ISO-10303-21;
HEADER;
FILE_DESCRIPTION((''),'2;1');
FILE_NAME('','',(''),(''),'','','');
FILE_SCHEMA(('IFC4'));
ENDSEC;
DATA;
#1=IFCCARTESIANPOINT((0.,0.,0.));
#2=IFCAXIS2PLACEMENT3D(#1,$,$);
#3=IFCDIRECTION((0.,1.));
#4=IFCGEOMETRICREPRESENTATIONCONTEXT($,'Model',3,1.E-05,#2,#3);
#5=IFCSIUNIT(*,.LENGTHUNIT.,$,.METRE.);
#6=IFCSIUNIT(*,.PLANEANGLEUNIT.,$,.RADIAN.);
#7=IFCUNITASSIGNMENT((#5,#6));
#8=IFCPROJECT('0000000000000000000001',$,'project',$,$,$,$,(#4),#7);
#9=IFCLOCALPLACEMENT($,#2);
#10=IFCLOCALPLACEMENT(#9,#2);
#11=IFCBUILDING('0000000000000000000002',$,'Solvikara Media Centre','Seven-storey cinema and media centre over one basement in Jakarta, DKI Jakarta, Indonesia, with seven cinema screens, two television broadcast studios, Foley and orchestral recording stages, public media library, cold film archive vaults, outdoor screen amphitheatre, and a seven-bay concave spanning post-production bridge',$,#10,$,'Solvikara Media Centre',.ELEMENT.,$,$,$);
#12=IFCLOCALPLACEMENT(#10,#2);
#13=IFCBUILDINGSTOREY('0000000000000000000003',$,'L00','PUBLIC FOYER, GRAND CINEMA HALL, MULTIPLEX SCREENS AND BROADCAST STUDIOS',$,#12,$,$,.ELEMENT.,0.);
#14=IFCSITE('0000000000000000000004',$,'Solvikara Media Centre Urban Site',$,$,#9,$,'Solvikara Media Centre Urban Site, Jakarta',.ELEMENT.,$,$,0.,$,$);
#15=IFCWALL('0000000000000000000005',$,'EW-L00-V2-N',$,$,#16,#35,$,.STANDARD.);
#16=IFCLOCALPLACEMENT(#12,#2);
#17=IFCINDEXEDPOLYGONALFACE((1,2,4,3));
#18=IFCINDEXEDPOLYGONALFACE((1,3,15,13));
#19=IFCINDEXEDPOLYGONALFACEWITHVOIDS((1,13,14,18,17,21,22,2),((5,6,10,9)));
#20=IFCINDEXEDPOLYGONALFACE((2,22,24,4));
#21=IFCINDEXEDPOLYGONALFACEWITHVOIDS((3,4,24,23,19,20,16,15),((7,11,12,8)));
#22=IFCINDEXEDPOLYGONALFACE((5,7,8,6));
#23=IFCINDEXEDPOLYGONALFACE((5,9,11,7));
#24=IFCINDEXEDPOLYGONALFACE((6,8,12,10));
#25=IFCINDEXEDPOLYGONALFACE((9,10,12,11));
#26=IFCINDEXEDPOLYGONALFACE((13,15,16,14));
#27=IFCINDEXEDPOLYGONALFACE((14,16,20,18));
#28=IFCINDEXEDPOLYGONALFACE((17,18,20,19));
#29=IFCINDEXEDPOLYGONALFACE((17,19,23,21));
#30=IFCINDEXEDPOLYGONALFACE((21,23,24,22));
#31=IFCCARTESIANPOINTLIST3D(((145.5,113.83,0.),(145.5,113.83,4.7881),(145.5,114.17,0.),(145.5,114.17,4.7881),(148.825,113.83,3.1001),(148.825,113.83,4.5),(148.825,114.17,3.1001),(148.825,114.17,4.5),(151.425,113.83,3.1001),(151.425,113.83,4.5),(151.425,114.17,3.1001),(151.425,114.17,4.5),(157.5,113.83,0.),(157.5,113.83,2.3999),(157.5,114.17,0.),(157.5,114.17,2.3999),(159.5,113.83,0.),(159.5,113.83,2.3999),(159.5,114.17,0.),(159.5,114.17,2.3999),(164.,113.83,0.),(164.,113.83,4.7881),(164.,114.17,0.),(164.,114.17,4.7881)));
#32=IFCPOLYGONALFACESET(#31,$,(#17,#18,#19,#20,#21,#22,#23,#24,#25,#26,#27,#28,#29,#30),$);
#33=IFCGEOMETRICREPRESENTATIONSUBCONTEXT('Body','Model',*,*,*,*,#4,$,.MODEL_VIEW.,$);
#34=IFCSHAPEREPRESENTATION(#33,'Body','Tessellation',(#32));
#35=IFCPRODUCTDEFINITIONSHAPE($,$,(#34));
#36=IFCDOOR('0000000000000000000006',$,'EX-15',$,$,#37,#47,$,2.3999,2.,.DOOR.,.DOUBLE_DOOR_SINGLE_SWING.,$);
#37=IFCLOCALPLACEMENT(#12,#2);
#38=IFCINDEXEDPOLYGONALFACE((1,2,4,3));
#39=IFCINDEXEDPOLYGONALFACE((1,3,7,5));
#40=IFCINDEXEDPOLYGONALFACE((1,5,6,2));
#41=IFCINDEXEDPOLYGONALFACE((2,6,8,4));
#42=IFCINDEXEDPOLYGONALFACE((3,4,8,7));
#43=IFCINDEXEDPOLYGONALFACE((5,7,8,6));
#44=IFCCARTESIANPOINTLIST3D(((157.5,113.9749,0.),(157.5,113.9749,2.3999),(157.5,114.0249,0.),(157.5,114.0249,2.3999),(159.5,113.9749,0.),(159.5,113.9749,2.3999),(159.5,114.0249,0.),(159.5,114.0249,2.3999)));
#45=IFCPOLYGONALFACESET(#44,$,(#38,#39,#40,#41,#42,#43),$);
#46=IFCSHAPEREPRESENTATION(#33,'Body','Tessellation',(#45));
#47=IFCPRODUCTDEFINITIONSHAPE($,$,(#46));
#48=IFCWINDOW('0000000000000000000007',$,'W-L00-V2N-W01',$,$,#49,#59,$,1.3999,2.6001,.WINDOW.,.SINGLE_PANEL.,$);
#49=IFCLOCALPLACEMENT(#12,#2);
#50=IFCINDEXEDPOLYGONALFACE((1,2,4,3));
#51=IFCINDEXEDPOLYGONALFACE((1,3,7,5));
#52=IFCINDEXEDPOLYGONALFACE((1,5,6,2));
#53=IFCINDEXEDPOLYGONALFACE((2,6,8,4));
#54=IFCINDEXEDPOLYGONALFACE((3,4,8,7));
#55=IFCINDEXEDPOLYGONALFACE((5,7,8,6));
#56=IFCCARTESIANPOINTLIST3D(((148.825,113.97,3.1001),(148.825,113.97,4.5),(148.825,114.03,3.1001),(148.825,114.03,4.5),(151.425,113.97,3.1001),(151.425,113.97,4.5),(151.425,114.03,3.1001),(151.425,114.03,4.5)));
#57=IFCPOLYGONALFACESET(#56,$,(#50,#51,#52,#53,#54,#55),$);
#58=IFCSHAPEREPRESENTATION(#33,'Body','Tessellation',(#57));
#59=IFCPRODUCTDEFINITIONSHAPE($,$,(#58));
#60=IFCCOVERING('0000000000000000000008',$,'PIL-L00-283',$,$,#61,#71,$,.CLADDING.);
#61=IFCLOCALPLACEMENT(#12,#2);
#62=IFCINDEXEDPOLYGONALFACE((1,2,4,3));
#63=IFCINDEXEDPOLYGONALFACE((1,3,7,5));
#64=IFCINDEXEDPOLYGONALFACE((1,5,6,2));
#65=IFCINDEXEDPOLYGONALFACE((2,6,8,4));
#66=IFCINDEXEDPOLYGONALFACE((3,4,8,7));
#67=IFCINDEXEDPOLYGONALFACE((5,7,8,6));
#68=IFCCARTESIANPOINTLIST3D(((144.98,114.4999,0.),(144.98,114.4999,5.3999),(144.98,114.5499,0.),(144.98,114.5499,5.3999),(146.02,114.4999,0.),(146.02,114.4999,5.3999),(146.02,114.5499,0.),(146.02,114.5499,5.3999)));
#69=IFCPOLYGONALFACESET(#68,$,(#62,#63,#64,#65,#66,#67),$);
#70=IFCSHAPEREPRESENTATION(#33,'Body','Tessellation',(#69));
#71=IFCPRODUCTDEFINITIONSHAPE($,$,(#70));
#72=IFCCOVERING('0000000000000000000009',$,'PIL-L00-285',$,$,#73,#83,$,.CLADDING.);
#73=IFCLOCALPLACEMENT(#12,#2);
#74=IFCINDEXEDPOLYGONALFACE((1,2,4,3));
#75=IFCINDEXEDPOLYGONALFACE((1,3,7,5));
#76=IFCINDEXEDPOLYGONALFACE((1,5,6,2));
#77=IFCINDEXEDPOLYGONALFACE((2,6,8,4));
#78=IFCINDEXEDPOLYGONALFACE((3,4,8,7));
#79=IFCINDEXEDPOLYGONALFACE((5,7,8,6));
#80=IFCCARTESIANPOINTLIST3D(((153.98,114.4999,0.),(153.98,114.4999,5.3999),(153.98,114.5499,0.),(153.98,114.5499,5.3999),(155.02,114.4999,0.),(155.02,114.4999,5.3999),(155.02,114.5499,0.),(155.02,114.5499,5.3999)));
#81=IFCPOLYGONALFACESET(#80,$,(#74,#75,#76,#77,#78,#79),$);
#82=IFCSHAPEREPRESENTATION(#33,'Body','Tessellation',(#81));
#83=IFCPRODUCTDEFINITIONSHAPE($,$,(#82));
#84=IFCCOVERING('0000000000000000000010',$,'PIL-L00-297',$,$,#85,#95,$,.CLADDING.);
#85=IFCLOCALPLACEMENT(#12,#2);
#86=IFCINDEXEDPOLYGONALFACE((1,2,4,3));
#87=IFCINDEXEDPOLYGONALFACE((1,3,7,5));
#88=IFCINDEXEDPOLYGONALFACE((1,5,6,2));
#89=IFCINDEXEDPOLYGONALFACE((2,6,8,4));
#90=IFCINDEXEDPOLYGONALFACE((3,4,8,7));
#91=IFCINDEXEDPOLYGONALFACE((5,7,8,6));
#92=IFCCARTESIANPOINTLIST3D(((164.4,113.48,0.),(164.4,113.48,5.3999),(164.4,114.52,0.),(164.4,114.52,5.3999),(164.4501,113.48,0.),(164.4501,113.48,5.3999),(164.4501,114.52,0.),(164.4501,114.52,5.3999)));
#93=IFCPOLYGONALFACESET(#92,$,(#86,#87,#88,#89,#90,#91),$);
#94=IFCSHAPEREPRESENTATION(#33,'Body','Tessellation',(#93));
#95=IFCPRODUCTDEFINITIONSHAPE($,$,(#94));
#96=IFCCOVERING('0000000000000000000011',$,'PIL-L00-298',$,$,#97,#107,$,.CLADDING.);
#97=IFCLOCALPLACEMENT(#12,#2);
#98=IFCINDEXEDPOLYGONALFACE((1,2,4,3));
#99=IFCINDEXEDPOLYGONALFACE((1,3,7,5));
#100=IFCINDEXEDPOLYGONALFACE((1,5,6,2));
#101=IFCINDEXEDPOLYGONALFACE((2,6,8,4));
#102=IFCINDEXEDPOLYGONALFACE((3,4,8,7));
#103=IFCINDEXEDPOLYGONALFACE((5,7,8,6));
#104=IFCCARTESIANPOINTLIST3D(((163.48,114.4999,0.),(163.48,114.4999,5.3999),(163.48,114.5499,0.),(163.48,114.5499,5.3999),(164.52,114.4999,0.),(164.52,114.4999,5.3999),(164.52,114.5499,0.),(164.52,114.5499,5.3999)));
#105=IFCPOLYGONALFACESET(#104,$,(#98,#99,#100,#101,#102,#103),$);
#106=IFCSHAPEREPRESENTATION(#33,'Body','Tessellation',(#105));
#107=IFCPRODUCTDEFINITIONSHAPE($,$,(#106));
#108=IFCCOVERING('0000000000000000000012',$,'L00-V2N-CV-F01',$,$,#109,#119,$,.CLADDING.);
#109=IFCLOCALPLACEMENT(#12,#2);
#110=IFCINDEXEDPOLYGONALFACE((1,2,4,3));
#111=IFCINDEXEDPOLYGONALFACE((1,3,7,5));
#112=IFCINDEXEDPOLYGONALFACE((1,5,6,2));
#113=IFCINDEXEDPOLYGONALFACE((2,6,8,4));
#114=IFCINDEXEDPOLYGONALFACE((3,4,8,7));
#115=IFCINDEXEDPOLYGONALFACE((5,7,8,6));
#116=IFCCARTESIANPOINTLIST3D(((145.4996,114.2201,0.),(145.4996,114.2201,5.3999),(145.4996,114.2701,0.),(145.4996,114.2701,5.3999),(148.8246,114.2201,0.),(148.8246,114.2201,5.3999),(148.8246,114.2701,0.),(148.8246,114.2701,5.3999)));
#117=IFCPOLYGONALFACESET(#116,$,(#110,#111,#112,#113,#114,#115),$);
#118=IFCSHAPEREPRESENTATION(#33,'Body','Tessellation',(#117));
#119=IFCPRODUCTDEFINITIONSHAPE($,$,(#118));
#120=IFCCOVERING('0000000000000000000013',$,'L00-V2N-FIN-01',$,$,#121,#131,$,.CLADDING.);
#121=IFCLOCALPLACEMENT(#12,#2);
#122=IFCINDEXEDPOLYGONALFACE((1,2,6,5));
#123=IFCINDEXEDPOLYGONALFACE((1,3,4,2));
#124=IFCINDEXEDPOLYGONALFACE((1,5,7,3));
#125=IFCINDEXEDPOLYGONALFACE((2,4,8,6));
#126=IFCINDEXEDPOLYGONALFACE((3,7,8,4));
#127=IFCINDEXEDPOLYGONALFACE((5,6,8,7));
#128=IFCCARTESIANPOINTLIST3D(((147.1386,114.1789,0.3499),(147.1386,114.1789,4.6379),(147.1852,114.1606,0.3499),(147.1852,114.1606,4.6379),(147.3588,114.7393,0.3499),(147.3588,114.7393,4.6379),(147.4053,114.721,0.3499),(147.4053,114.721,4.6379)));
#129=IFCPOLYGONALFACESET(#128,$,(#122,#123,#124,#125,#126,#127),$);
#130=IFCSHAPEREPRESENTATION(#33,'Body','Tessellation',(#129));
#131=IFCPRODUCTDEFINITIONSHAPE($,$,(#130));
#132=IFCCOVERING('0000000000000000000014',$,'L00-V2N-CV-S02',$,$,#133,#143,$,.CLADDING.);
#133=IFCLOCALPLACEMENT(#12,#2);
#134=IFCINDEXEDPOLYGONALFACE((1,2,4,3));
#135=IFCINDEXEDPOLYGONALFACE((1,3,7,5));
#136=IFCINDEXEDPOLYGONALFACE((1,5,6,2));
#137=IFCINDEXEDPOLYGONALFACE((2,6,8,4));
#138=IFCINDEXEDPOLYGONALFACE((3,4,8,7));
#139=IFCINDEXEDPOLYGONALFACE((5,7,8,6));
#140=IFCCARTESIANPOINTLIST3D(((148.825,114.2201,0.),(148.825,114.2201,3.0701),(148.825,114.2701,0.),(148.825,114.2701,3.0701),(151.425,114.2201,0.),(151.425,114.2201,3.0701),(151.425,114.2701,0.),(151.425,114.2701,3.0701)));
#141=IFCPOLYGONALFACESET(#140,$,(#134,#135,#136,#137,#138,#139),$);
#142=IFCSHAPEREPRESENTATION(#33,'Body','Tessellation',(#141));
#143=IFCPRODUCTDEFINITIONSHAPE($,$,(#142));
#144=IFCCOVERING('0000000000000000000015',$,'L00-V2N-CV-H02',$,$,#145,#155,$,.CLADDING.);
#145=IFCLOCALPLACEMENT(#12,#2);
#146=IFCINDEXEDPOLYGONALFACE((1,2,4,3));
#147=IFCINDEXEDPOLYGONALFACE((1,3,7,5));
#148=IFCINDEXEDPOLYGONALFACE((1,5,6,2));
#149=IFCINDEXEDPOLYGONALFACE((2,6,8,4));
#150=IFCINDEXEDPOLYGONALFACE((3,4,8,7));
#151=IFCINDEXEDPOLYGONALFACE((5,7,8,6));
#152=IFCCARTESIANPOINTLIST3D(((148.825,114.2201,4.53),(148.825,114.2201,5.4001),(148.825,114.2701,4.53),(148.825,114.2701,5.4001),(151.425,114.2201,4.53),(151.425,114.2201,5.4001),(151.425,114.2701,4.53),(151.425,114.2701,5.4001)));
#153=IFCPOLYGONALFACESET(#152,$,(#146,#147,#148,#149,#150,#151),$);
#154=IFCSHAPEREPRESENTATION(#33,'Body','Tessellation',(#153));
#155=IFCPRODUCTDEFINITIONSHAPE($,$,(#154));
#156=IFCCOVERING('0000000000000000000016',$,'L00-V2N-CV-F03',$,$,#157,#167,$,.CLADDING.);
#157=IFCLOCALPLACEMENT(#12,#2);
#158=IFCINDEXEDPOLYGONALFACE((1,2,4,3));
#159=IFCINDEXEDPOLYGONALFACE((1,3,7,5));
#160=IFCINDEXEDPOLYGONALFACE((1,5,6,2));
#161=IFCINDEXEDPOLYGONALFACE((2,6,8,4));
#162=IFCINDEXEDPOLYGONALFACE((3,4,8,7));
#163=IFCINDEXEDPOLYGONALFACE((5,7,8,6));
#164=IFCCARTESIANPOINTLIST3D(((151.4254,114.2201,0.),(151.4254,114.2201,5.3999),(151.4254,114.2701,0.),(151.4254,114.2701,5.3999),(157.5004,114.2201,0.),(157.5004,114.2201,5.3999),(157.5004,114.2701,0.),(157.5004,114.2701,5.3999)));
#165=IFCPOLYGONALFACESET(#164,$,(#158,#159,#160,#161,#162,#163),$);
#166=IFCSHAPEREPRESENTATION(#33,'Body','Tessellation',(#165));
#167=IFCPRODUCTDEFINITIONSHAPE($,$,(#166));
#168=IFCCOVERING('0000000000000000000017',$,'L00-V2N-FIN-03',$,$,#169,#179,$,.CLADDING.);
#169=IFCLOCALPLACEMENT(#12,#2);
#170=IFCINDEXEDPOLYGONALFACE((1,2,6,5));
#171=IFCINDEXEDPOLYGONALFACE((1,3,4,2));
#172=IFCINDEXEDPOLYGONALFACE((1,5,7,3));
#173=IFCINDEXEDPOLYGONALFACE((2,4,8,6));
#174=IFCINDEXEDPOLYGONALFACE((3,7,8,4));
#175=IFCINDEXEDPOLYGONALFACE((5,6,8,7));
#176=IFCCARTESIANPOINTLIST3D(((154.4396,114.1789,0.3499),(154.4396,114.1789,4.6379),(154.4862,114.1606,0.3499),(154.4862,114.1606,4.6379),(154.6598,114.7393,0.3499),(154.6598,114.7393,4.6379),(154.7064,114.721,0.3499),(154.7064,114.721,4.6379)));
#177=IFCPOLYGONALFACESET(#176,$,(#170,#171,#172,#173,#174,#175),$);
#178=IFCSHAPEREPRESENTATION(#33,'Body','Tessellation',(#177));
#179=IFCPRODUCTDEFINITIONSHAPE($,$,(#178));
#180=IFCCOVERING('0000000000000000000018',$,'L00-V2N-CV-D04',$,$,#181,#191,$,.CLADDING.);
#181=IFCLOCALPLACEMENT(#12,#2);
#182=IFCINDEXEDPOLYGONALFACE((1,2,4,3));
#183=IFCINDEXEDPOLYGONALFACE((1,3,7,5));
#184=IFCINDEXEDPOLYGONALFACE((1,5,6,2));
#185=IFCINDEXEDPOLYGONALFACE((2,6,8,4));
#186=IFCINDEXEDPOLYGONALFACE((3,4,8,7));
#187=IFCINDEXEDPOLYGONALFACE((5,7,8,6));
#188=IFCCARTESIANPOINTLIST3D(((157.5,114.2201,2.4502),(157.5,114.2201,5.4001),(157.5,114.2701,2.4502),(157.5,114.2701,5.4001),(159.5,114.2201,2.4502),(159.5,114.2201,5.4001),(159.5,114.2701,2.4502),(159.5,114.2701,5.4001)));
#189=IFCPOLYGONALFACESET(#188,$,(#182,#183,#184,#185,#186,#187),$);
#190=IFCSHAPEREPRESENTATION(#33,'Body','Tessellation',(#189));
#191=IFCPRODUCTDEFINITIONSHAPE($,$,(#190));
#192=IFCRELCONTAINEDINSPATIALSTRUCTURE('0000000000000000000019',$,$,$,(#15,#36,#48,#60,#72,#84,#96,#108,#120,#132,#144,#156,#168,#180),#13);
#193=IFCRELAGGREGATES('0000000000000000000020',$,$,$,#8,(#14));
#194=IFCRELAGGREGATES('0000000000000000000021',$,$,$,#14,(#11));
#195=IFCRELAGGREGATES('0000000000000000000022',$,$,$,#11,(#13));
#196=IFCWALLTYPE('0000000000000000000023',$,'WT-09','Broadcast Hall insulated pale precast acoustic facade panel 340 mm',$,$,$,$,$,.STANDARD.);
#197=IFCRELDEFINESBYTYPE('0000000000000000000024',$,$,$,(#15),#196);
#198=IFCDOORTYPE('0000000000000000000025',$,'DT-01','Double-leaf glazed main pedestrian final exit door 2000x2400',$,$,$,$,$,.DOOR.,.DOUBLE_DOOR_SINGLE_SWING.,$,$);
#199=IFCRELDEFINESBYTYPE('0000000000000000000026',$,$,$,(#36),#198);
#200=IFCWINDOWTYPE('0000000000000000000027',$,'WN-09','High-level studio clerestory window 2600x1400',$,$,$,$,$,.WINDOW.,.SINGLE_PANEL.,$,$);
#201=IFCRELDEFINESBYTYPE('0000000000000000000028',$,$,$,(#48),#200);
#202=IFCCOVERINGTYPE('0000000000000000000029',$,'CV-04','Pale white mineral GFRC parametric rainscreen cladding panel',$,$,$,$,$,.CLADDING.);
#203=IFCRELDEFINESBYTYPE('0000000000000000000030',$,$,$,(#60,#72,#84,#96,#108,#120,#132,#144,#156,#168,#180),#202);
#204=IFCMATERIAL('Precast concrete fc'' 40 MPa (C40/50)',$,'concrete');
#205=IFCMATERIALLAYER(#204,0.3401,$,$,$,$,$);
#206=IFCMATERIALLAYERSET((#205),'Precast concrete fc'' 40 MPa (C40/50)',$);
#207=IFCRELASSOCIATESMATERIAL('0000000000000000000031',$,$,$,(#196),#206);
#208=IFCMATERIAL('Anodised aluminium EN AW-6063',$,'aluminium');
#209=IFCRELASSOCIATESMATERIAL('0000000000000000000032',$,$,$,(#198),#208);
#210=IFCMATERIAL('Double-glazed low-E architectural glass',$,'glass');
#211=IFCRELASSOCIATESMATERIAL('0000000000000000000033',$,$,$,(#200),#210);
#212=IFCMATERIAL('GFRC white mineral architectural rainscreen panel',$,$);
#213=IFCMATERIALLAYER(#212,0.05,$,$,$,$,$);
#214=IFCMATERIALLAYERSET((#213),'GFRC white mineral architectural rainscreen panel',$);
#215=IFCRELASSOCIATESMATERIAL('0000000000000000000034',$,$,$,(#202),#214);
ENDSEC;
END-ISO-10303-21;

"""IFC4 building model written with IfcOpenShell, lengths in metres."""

from ifc_helpers import new_model, si_unit, direction, frame, frame_2d, origin, origin_2d, place, context, subcontext, project, spatial, rectangle, extrude, material, layer, layer_set, type_object, element, fill, save


model = new_model("IFC4")

# Units and contexts
model_context = context("Model", 3, precision=1e-05, world=origin(), true_north=direction((0.0, 1.0)))
body_context = subcontext(model_context, "Body", "Model", "MODEL_VIEW")
ifc_project = project(units=[si_unit("LENGTHUNIT", "METRE"), si_unit("PLANEANGLEUNIT", "RADIAN")], contexts=[model_context])

# Site, building, storey
site_placement = place(None, origin())
site = spatial("IfcSite", under=ifc_project, at=site_placement, Name="Solvikara Media Centre Urban Site", LongName="Solvikara Media Centre Urban Site, Jakarta", CompositionType="ELEMENT", RefElevation=0.0)
building_placement = place(site_placement, origin())
building = spatial("IfcBuilding", under=site, at=building_placement, Name="Solvikara Media Centre", Description="Seven-storey cinema and media centre over one basement in Jakarta, DKI Jakarta, Indonesia, with seven cinema screens, two television broadcast studios, Foley and orchestral recording stages, public media library, cold film archive vaults, outdoor screen amphitheatre, and a seven-bay concave spanning post-production bridge", LongName="Solvikara Media Centre", CompositionType="ELEMENT")
storey_placement = place(building_placement, origin())
storey = spatial("IfcBuildingStorey", under=building, at=storey_placement, Name="L00", Description="PUBLIC FOYER, GRAND CINEMA HALL, MULTIPLEX SCREENS AND BROADCAST STUDIOS", CompositionType="ELEMENT", Elevation=0.0)

# Shared definitions
ifc_material_1 = material(Name="Anodised aluminium EN AW-6063", Category="aluminium")

# Wall, openings, door, window
ifc_material_2 = material(Name="Precast concrete fc' 40 MPa (C40/50)", Category="concrete")
ifc_layer_1 = layer(ifc_material_2, 0.3401)
ifc_layer_set_1 = layer_set([ifc_layer_1], Name="Precast concrete fc' 40 MPa (C40/50)")
wall_type = type_object("IfcWallType", Name="WT-09", Description="Broadcast Hall insulated pale precast acoustic facade panel 340 mm", PredefinedType="STANDARD", material=ifc_layer_set_1)
wall_placement = place(storey_placement, frame((145.5, 114.0, 0.0), z_axis=(0.0, 0.0, 1.0), x_axis=(1.0, 0.0, 0.0)))
wall = element("IfcWall", 1, at=wall_placement, inside=storey, type_object=wall_type, Name="EW-L00-V2-N", PredefinedType="STANDARD", context=body_context, shape_type="SweptSolid", body=[
    extrude(rectangle(XDim=18.5, YDim=0.3401, at=frame_2d((9.25, 0.0))), origin(), (0.0, 0.0, 1.0), 4.7881),
])
opening_1_placement = place(wall_placement, frame((12.0, 0.0, 0.0)))
opening_1 = element("IfcOpeningElement", 2, at=opening_1_placement, cuts=wall, PredefinedType="OPENING", context=body_context, shape_type="SweptSolid", body=[
    extrude(rectangle(XDim=2.0, YDim=2.3999, at=frame_2d((1.0, 1.2))), frame((0.0, 0.1821, 0.0), z_axis=(0.0, -1.0, 0.0), x_axis=(1.0, 0.0, 0.0)), (0.0, 0.0, 1.0), 0.364),
])
opening_2_placement = place(wall_placement, frame((3.325, 0.0, 3.1001)))
opening_2 = element("IfcOpeningElement", 3, at=opening_2_placement, cuts=wall, PredefinedType="OPENING", context=body_context, shape_type="SweptSolid", body=[
    extrude(rectangle(XDim=2.6001, YDim=1.3999, at=frame_2d((1.3, 0.7))), frame((0.0, 0.1821, 0.0), z_axis=(0.0, -1.0, 0.0), x_axis=(1.0, 0.0, 0.0)), (0.0, 0.0, 1.0), 0.364),
])
door_type = type_object("IfcDoorType", Name="DT-01", Description="Double-leaf glazed main pedestrian final exit door 2000x2400", OperationType="DOUBLE_DOOR_SINGLE_SWING", PredefinedType="DOOR", material=ifc_material_1)
door_placement = place(opening_1_placement, origin())
door = element("IfcDoor", 4, at=door_placement, inside=storey, type_object=door_type, Name="EX-15", OperationType="DOUBLE_DOOR_SINGLE_SWING", OverallHeight=2.3999, OverallWidth=2.0, PredefinedType="DOOR", context=body_context, shape_type="SweptSolid", body=[
    extrude(rectangle(XDim=2.0, YDim=2.3999, at=frame_2d((1.0, 1.2))), frame((0.0, 0.0249, 0.0), z_axis=(0.0, -1.0, 0.0), x_axis=(1.0, 0.0, 0.0)), (0.0, 0.0, 1.0), 0.05),
])
fill(opening_1, door)
ifc_material_3 = material(Name="Double-glazed low-E architectural glass", Category="glass")
window_type = type_object("IfcWindowType", Name="WN-09", Description="High-level studio clerestory window 2600x1400", PartitioningType="SINGLE_PANEL", PredefinedType="WINDOW", material=ifc_material_3)
window_placement = place(opening_2_placement, origin())
window = element("IfcWindow", 5, at=window_placement, inside=storey, type_object=window_type, Name="W-L00-V2N-W01", OverallHeight=1.3999, OverallWidth=2.6001, PartitioningType="SINGLE_PANEL", PredefinedType="WINDOW", context=body_context, shape_type="SweptSolid", body=[
    extrude(rectangle(XDim=2.6001, YDim=1.3999, at=frame_2d((1.3, 0.7))), frame((0.0, 0.03, 0.0), z_axis=(0.0, -1.0, 0.0), x_axis=(1.0, 0.0, 0.0)), (0.0, 0.0, 1.0), 0.0601),
])
fill(opening_2, window)

# Coverings
ifc_material_4 = material(Name="GFRC white mineral architectural rainscreen panel")
ifc_layer_2 = layer(ifc_material_4, 0.05)
ifc_layer_set_2 = layer_set([ifc_layer_2], Name="GFRC white mineral architectural rainscreen panel")
covering_type = type_object("IfcCoveringType", Name="CV-04", Description="Pale white mineral GFRC parametric rainscreen cladding panel", PredefinedType="CLADDING", material=ifc_layer_set_2)
for number, where, z_axis, x_axis, name in (
    (6, (145.5, 114.5249, 0.0), (0.0, 0.0, 1.0), (-1.0, 0.0, 0.0), "PIL-L00-283"),
    (7, (154.5, 114.5249, 0.0), (0.0, 0.0, 1.0), (-1.0, 0.0, 0.0), "PIL-L00-285"),
    (8, (164.425, 114.0, 0.0), (0.0, 0.0, 1.0), (0.0, 1.0, 0.0), "PIL-L00-297"),
    (9, (164.0, 114.5249, 0.0), (0.0, 0.0, 1.0), (-1.0, 0.0, 0.0), "PIL-L00-298"),
):
    element("IfcCovering", number, at=place(storey_placement, frame(where, z_axis=z_axis, x_axis=x_axis)), inside=storey, type_object=covering_type, Name=name, PredefinedType="CLADDING", context=body_context, shape_type="SweptSolid", body=[
        extrude(rectangle(XDim=1.04, YDim=0.05, at=origin_2d()), origin(), (0.0, 0.0, 1.0), 5.3999),
    ])
covering_1_placement = place(storey_placement, frame((147.1621, 114.2451, 0.0), z_axis=(0.0, 0.0, 1.0), x_axis=(1.0, 0.0, 0.0)))
element("IfcCovering", 10, at=covering_1_placement, inside=storey, type_object=covering_type, Name="L00-V2N-CV-F01", PredefinedType="CLADDING", context=body_context, shape_type="SweptSolid", body=[
    extrude(rectangle(XDim=3.325, YDim=0.05, at=origin_2d()), origin(), (0.0, 0.0, 1.0), 5.3999),
])
covering_2_placement = place(storey_placement, frame((147.272, 114.45, 0.3499), z_axis=(0.0, 0.0, 1.0), x_axis=(0.365657, 0.93075, 0.0)))
element("IfcCovering", 11, at=covering_2_placement, inside=storey, type_object=covering_type, Name="L00-V2N-FIN-01", PredefinedType="CLADDING", context=body_context, shape_type="SweptSolid", body=[
    extrude(rectangle(XDim=0.6021, YDim=0.05, at=origin_2d()), origin(), (0.0, 0.0, 1.0), 4.2881),
])
covering_3_placement = place(storey_placement, frame((150.125, 114.2451, 0.0), z_axis=(0.0, 0.0, 1.0), x_axis=(1.0, 0.0, 0.0)))
element("IfcCovering", 12, at=covering_3_placement, inside=storey, type_object=covering_type, Name="L00-V2N-CV-S02", PredefinedType="CLADDING", context=body_context, shape_type="SweptSolid", body=[
    extrude(rectangle(XDim=2.6001, YDim=0.05, at=origin_2d()), origin(), (0.0, 0.0, 1.0), 3.0701),
])
covering_4_placement = place(storey_placement, frame((150.125, 114.2451, 4.53), z_axis=(0.0, 0.0, 1.0), x_axis=(1.0, 0.0, 0.0)))
element("IfcCovering", 13, at=covering_4_placement, inside=storey, type_object=covering_type, Name="L00-V2N-CV-H02", PredefinedType="CLADDING", context=body_context, shape_type="SweptSolid", body=[
    extrude(rectangle(XDim=2.6001, YDim=0.05, at=origin_2d()), origin(), (0.0, 0.0, 1.0), 0.8701),
])
covering_5_placement = place(storey_placement, frame((154.4629, 114.2451, 0.0), z_axis=(0.0, 0.0, 1.0), x_axis=(1.0, 0.0, 0.0)))
element("IfcCovering", 14, at=covering_5_placement, inside=storey, type_object=covering_type, Name="L00-V2N-CV-F03", PredefinedType="CLADDING", context=body_context, shape_type="SweptSolid", body=[
    extrude(rectangle(XDim=6.075, YDim=0.05, at=origin_2d()), origin(), (0.0, 0.0, 1.0), 5.3999),
])
covering_6_placement = place(storey_placement, frame((154.573, 114.45, 0.3499), z_axis=(0.0, 0.0, 1.0), x_axis=(0.365657, 0.93075, 0.0)))
element("IfcCovering", 15, at=covering_6_placement, inside=storey, type_object=covering_type, Name="L00-V2N-FIN-03", PredefinedType="CLADDING", context=body_context, shape_type="SweptSolid", body=[
    extrude(rectangle(XDim=0.6021, YDim=0.05, at=origin_2d()), origin(), (0.0, 0.0, 1.0), 4.2881),
])
covering_7_placement = place(storey_placement, frame((158.5, 114.2451, 2.4502), z_axis=(0.0, 0.0, 1.0), x_axis=(1.0, 0.0, 0.0)))
element("IfcCovering", 16, at=covering_7_placement, inside=storey, type_object=covering_type, Name="L00-V2N-CV-D04", PredefinedType="CLADDING", context=body_context, shape_type="SweptSolid", body=[
    extrude(rectangle(XDim=2.0, YDim=0.05, at=origin_2d()), origin(), (0.0, 0.0, 1.0), 2.95),
])

save(model, "model.ifc")
